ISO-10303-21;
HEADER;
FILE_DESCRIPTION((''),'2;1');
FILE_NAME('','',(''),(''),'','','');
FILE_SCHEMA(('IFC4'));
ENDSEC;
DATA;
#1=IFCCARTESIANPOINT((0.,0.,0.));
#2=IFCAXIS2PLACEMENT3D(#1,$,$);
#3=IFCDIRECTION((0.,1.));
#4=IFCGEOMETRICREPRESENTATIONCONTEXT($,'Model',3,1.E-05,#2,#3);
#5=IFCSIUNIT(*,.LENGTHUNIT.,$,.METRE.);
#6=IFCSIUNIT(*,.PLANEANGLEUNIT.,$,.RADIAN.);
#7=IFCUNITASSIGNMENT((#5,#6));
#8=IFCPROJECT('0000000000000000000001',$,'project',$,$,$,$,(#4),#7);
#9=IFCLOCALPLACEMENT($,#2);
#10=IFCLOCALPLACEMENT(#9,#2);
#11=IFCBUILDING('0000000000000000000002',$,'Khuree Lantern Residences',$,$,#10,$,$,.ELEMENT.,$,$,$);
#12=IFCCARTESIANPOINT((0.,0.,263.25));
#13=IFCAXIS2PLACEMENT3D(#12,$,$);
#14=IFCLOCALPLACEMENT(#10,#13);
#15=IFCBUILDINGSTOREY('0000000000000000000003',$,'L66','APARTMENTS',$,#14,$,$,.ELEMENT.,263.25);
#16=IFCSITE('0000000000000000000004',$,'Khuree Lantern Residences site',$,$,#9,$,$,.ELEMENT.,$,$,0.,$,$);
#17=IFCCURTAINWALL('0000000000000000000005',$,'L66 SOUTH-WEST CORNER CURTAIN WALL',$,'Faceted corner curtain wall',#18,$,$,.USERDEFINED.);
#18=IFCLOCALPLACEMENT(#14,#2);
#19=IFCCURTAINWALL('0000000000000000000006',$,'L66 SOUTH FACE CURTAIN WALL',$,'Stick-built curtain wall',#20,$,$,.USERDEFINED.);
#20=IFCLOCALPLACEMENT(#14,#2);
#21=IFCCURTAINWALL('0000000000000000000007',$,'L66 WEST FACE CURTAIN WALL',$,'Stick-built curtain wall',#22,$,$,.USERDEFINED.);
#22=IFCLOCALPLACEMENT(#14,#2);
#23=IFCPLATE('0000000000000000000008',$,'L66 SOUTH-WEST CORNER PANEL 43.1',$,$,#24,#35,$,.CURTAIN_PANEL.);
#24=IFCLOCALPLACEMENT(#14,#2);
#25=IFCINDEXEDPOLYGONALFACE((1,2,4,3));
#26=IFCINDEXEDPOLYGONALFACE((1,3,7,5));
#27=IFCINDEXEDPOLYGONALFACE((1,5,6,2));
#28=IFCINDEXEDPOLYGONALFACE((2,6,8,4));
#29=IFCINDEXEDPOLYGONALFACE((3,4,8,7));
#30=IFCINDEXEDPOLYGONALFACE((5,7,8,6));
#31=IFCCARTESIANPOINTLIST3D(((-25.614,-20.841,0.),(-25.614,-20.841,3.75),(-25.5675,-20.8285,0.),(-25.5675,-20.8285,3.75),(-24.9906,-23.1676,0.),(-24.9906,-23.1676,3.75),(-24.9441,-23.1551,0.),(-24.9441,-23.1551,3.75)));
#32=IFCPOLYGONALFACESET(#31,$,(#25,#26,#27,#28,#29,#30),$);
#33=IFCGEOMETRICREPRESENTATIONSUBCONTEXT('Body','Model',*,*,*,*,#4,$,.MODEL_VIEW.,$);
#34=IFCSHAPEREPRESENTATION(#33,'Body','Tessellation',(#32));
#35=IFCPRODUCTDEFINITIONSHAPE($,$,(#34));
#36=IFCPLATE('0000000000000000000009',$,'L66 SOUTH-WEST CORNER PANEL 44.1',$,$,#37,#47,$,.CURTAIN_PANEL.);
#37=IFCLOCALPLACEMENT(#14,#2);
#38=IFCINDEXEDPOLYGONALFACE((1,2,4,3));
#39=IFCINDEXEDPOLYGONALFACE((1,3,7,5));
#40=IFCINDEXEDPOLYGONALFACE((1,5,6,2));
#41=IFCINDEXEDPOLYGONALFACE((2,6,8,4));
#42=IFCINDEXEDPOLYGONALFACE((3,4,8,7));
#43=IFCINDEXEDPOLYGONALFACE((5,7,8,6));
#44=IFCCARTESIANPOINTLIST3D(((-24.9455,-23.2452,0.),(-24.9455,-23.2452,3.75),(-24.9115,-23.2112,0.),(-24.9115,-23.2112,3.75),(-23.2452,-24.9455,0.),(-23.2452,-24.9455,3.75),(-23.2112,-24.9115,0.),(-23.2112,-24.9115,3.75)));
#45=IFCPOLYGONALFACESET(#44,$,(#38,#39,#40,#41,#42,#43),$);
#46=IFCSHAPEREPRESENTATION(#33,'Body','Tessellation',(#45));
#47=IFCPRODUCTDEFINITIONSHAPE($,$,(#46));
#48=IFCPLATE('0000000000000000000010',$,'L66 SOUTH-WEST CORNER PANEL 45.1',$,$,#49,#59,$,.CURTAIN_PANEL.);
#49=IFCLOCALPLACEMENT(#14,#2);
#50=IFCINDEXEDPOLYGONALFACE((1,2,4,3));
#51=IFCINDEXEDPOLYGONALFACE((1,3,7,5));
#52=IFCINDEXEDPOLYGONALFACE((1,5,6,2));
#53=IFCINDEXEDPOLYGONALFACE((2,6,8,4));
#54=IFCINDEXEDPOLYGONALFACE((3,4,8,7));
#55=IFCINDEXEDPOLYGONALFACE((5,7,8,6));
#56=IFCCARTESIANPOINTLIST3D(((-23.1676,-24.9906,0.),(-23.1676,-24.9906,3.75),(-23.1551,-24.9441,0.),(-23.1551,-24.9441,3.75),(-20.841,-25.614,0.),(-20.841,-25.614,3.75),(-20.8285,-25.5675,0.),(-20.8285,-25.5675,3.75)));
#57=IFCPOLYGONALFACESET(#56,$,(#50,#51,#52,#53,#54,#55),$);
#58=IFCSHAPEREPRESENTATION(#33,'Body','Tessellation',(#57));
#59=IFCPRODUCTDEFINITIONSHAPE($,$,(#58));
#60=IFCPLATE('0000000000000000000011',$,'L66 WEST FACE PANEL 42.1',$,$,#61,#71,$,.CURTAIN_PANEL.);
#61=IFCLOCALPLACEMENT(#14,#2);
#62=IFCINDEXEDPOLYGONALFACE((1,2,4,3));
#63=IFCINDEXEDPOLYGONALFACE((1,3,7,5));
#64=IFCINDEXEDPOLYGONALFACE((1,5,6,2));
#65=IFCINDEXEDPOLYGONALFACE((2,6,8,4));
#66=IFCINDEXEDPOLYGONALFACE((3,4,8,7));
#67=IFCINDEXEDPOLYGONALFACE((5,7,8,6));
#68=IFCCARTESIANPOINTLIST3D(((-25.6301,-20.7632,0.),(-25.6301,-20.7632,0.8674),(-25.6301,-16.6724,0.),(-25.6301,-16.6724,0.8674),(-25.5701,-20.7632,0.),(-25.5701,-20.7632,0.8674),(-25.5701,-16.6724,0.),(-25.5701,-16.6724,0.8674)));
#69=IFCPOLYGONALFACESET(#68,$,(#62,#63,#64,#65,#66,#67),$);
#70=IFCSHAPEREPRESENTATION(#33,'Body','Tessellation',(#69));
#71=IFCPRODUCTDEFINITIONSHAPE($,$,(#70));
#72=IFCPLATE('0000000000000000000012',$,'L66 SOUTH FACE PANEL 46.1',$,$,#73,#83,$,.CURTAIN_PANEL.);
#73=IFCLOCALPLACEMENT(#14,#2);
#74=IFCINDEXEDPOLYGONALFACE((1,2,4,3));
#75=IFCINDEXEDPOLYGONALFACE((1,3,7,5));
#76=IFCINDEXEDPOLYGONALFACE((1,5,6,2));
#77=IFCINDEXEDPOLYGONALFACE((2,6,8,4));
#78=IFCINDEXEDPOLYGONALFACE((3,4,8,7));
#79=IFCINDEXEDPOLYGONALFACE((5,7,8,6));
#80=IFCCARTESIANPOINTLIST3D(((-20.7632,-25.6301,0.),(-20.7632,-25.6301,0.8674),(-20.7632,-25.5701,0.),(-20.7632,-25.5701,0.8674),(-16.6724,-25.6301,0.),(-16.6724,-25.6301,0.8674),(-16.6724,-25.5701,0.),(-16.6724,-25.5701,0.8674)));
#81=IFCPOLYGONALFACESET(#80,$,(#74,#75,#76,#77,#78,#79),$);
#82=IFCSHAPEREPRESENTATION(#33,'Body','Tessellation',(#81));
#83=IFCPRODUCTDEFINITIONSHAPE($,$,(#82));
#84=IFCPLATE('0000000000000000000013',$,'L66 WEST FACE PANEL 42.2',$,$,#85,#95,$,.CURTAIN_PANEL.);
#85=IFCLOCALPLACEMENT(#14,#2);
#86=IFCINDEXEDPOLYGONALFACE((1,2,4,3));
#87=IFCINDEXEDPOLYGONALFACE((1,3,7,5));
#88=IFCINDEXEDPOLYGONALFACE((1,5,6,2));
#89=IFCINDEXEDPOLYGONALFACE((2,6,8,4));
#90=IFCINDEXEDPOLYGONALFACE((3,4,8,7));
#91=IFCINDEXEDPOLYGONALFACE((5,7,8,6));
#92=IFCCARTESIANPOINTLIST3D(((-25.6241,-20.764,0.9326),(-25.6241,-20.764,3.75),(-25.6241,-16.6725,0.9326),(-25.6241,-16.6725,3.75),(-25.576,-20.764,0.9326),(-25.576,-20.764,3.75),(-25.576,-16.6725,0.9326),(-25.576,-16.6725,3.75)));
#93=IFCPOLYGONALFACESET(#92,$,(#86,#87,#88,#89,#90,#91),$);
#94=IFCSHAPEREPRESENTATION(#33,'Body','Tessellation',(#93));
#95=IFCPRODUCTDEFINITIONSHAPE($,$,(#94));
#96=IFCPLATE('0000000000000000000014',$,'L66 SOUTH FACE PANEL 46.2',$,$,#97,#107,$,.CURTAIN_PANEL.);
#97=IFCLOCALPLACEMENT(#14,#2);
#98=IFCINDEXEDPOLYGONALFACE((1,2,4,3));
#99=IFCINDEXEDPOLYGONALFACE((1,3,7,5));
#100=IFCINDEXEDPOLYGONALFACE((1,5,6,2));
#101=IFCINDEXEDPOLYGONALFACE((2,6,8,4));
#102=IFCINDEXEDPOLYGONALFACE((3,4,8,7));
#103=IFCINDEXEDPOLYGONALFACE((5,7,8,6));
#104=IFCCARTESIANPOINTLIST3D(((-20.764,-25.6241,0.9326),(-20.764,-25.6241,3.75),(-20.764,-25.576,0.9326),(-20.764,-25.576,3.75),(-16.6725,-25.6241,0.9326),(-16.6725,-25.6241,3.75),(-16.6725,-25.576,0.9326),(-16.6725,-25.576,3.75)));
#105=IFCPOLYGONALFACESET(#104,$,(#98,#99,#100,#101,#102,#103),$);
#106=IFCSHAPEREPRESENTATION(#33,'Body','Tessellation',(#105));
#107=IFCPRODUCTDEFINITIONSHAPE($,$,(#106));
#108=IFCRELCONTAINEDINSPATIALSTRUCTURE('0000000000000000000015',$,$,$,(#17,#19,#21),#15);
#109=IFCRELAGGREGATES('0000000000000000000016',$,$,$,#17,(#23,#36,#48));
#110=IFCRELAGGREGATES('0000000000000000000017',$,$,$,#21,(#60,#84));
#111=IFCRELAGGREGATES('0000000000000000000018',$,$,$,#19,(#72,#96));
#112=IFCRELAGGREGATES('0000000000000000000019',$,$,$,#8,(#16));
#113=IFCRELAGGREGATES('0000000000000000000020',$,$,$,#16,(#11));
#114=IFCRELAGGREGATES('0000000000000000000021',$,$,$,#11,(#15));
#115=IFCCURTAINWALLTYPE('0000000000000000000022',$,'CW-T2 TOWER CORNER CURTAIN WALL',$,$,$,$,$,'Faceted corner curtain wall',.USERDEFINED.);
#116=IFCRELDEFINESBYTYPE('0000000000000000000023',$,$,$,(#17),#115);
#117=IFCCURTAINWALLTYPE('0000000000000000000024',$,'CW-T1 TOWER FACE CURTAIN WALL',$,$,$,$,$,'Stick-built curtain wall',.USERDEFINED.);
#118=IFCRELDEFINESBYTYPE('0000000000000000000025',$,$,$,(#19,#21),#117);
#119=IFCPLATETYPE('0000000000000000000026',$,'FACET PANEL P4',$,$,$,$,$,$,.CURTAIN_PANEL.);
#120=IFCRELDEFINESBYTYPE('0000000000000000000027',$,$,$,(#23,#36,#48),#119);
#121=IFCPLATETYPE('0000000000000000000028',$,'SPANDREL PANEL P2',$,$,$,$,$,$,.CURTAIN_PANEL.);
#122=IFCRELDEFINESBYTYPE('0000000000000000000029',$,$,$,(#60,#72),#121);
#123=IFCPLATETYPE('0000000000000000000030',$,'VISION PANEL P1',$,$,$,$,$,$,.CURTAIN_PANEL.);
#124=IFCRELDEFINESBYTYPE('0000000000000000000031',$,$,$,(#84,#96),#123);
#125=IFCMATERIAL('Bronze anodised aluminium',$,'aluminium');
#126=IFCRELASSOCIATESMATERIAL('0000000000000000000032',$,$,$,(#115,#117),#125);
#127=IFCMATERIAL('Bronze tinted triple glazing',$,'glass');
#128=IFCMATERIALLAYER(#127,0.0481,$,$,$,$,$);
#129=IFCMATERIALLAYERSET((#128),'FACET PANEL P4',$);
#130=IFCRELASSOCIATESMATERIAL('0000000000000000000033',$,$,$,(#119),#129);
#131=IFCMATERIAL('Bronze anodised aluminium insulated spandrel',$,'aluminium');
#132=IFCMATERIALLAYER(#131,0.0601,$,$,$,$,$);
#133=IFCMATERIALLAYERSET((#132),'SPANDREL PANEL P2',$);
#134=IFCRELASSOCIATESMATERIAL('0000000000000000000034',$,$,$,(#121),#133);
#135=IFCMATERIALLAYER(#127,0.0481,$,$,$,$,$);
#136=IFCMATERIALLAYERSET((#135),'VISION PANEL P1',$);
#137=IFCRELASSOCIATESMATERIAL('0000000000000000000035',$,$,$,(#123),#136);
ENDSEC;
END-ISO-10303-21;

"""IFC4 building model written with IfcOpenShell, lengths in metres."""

from ifc_helpers import new_model, si_unit, direction, frame, origin, origin_2d, place, context, subcontext, project, spatial, rectangle, extrude, material, layer, layer_set, type_object, element, aggregate, save


model = new_model("IFC4")

# Units and contexts
model_context = context("Model", 3, precision=1e-05, world=origin(), true_north=direction((0.0, 1.0)))
body_context = subcontext(model_context, "Body", "Model", "MODEL_VIEW")
ifc_project = project(units=[si_unit("LENGTHUNIT", "METRE"), si_unit("PLANEANGLEUNIT", "RADIAN")], contexts=[model_context])

# Site, building, storey
site_placement = place(None, origin())
site = spatial("IfcSite", under=ifc_project, at=site_placement, Name="Khuree Lantern Residences site", CompositionType="ELEMENT", RefElevation=0.0)
building_placement = place(site_placement, origin())
building = spatial("IfcBuilding", under=site, at=building_placement, Name="Khuree Lantern Residences", CompositionType="ELEMENT")
storey_placement = place(building_placement, frame((0.0, 0.0, 263.25)))
storey = spatial("IfcBuildingStorey", under=building, at=storey_placement, Name="L66", Description="APARTMENTS", CompositionType="ELEMENT", Elevation=263.25)

# Curtain walls
ifc_material_1 = material(Name="Bronze anodised aluminium", Category="aluminium")
curtain_wall_type_1 = type_object("IfcCurtainWallType", Name="CW-T2 TOWER CORNER CURTAIN WALL", ElementType="Faceted corner curtain wall", PredefinedType="USERDEFINED", material=ifc_material_1)
curtain_wall_1_placement = place(storey_placement, origin())
curtain_wall_1 = element("IfcCurtainWall", 1, at=curtain_wall_1_placement, inside=storey, type_object=curtain_wall_type_1, Name="L66 SOUTH-WEST CORNER CURTAIN WALL", ObjectType="Faceted corner curtain wall", PredefinedType="USERDEFINED")
curtain_wall_type_2 = type_object("IfcCurtainWallType", Name="CW-T1 TOWER FACE CURTAIN WALL", ElementType="Stick-built curtain wall", PredefinedType="USERDEFINED", material=ifc_material_1)
curtain_wall_2_placement = place(storey_placement, origin())
curtain_wall_2 = element("IfcCurtainWall", 2, at=curtain_wall_2_placement, inside=storey, type_object=curtain_wall_type_2, Name="L66 SOUTH FACE CURTAIN WALL", ObjectType="Stick-built curtain wall", PredefinedType="USERDEFINED")

# Curtain wall
curtain_wall_3_placement = place(storey_placement, origin())
curtain_wall_3 = element("IfcCurtainWall", 3, at=curtain_wall_3_placement, inside=storey, type_object=curtain_wall_type_2, Name="L66 WEST FACE CURTAIN WALL", ObjectType="Stick-built curtain wall", PredefinedType="USERDEFINED")

# Plates
ifc_material_2 = material(Name="Bronze tinted triple glazing", Category="glass")
ifc_layer_1 = layer(ifc_material_2, 0.0481)
ifc_layer_set_1 = layer_set([ifc_layer_1], Name="FACET PANEL P4")
plate_type_1 = type_object("IfcPlateType", Name="FACET PANEL P4", PredefinedType="CURTAIN_PANEL", material=ifc_layer_set_1)
plate_1_placement = place(storey_placement, frame((-25.2791, -21.998, 0.0), z_axis=(0.0, 0.0, 1.0), x_axis=(0.258819, -0.965926, 0.0)))
plate_1 = element("IfcPlate", 4, at=plate_1_placement, type_object=plate_type_1, Name="L66 SOUTH-WEST CORNER PANEL 43.1", PredefinedType="CURTAIN_PANEL", context=body_context, shape_type="SweptSolid", body=[
    extrude(rectangle(XDim=2.4087, YDim=0.0481, at=origin_2d()), origin(), (0.0, 0.0, 1.0), 3.75),
])
plate_2_placement = place(storey_placement, frame((-24.0784, -24.0784, 0.0), z_axis=(0.0, 0.0, 1.0), x_axis=(0.707107, -0.707107, 0.0)))
plate_2 = element("IfcPlate", 5, at=plate_2_placement, type_object=plate_type_1, Name="L66 SOUTH-WEST CORNER PANEL 44.1", PredefinedType="CURTAIN_PANEL", context=body_context, shape_type="SweptSolid", body=[
    extrude(rectangle(XDim=2.4045, YDim=0.0481, at=origin_2d()), origin(), (0.0, 0.0, 1.0), 3.75),
])
plate_3_placement = place(storey_placement, frame((-21.998, -25.2791, 0.0), z_axis=(0.0, 0.0, 1.0), x_axis=(0.965926, -0.258819, 0.0)))
plate_3 = element("IfcPlate", 6, at=plate_3_placement, type_object=plate_type_1, Name="L66 SOUTH-WEST CORNER PANEL 45.1", PredefinedType="CURTAIN_PANEL", context=body_context, shape_type="SweptSolid", body=[
    extrude(rectangle(XDim=2.4087, YDim=0.0481, at=origin_2d()), origin(), (0.0, 0.0, 1.0), 3.75),
])
aggregate(curtain_wall_1, [plate_1, plate_2, plate_3])
ifc_material_3 = material(Name="Bronze anodised aluminium insulated spandrel", Category="aluminium")
ifc_layer_2 = layer(ifc_material_3, 0.0601)
ifc_layer_set_2 = layer_set([ifc_layer_2], Name="SPANDREL PANEL P2")
plate_type_2 = type_object("IfcPlateType", Name="SPANDREL PANEL P2", PredefinedType="CURTAIN_PANEL", material=ifc_layer_set_2)
plate_4_placement = place(storey_placement, frame((-25.6001, -18.7178, 0.0), z_axis=(0.0, 0.0, 1.0), x_axis=(0.0, -1.0, 0.0)))
plate_4 = element("IfcPlate", 7, at=plate_4_placement, type_object=plate_type_2, Name="L66 WEST FACE PANEL 42.1", PredefinedType="CURTAIN_PANEL", context=body_context, shape_type="SweptSolid", body=[
    extrude(rectangle(XDim=4.0908, YDim=0.0601, at=origin_2d()), origin(), (0.0, 0.0, 1.0), 0.8674),
])
plate_5_placement = place(storey_placement, frame((-18.7178, -25.6001, 0.0), z_axis=(0.0, 0.0, 1.0), x_axis=(1.0, 0.0, 0.0)))
plate_5 = element("IfcPlate", 8, at=plate_5_placement, type_object=plate_type_2, Name="L66 SOUTH FACE PANEL 46.1", PredefinedType="CURTAIN_PANEL", context=body_context, shape_type="SweptSolid", body=[
    extrude(rectangle(XDim=4.0908, YDim=0.0601, at=origin_2d()), origin(), (0.0, 0.0, 1.0), 0.8674),
])
ifc_layer_3 = layer(ifc_material_2, 0.0481)
ifc_layer_set_3 = layer_set([ifc_layer_3], Name="VISION PANEL P1")
plate_type_3 = type_object("IfcPlateType", Name="VISION PANEL P1", PredefinedType="CURTAIN_PANEL", material=ifc_layer_set_3)
plate_6_placement = place(storey_placement, frame((-25.6001, -18.7183, 0.9326), z_axis=(0.0, 0.0, 1.0), x_axis=(0.0, -1.0, 0.0)))
plate_6 = element("IfcPlate", 9, at=plate_6_placement, type_object=plate_type_3, Name="L66 WEST FACE PANEL 42.2", PredefinedType="CURTAIN_PANEL", context=body_context, shape_type="SweptSolid", body=[
    extrude(rectangle(XDim=4.0916, YDim=0.0481, at=origin_2d()), origin(), (0.0, 0.0, 1.0), 2.8174),
])
aggregate(curtain_wall_3, [plate_4, plate_6])
plate_7_placement = place(storey_placement, frame((-18.7183, -25.6001, 0.9326), z_axis=(0.0, 0.0, 1.0), x_axis=(1.0, 0.0, 0.0)))
plate_7 = element("IfcPlate", 10, at=plate_7_placement, type_object=plate_type_3, Name="L66 SOUTH FACE PANEL 46.2", PredefinedType="CURTAIN_PANEL", context=body_context, shape_type="SweptSolid", body=[
    extrude(rectangle(XDim=4.0916, YDim=0.0481, at=origin_2d()), origin(), (0.0, 0.0, 1.0), 2.8174),
])
aggregate(curtain_wall_2, [plate_5, plate_7])

save(model, "model.ifc")
